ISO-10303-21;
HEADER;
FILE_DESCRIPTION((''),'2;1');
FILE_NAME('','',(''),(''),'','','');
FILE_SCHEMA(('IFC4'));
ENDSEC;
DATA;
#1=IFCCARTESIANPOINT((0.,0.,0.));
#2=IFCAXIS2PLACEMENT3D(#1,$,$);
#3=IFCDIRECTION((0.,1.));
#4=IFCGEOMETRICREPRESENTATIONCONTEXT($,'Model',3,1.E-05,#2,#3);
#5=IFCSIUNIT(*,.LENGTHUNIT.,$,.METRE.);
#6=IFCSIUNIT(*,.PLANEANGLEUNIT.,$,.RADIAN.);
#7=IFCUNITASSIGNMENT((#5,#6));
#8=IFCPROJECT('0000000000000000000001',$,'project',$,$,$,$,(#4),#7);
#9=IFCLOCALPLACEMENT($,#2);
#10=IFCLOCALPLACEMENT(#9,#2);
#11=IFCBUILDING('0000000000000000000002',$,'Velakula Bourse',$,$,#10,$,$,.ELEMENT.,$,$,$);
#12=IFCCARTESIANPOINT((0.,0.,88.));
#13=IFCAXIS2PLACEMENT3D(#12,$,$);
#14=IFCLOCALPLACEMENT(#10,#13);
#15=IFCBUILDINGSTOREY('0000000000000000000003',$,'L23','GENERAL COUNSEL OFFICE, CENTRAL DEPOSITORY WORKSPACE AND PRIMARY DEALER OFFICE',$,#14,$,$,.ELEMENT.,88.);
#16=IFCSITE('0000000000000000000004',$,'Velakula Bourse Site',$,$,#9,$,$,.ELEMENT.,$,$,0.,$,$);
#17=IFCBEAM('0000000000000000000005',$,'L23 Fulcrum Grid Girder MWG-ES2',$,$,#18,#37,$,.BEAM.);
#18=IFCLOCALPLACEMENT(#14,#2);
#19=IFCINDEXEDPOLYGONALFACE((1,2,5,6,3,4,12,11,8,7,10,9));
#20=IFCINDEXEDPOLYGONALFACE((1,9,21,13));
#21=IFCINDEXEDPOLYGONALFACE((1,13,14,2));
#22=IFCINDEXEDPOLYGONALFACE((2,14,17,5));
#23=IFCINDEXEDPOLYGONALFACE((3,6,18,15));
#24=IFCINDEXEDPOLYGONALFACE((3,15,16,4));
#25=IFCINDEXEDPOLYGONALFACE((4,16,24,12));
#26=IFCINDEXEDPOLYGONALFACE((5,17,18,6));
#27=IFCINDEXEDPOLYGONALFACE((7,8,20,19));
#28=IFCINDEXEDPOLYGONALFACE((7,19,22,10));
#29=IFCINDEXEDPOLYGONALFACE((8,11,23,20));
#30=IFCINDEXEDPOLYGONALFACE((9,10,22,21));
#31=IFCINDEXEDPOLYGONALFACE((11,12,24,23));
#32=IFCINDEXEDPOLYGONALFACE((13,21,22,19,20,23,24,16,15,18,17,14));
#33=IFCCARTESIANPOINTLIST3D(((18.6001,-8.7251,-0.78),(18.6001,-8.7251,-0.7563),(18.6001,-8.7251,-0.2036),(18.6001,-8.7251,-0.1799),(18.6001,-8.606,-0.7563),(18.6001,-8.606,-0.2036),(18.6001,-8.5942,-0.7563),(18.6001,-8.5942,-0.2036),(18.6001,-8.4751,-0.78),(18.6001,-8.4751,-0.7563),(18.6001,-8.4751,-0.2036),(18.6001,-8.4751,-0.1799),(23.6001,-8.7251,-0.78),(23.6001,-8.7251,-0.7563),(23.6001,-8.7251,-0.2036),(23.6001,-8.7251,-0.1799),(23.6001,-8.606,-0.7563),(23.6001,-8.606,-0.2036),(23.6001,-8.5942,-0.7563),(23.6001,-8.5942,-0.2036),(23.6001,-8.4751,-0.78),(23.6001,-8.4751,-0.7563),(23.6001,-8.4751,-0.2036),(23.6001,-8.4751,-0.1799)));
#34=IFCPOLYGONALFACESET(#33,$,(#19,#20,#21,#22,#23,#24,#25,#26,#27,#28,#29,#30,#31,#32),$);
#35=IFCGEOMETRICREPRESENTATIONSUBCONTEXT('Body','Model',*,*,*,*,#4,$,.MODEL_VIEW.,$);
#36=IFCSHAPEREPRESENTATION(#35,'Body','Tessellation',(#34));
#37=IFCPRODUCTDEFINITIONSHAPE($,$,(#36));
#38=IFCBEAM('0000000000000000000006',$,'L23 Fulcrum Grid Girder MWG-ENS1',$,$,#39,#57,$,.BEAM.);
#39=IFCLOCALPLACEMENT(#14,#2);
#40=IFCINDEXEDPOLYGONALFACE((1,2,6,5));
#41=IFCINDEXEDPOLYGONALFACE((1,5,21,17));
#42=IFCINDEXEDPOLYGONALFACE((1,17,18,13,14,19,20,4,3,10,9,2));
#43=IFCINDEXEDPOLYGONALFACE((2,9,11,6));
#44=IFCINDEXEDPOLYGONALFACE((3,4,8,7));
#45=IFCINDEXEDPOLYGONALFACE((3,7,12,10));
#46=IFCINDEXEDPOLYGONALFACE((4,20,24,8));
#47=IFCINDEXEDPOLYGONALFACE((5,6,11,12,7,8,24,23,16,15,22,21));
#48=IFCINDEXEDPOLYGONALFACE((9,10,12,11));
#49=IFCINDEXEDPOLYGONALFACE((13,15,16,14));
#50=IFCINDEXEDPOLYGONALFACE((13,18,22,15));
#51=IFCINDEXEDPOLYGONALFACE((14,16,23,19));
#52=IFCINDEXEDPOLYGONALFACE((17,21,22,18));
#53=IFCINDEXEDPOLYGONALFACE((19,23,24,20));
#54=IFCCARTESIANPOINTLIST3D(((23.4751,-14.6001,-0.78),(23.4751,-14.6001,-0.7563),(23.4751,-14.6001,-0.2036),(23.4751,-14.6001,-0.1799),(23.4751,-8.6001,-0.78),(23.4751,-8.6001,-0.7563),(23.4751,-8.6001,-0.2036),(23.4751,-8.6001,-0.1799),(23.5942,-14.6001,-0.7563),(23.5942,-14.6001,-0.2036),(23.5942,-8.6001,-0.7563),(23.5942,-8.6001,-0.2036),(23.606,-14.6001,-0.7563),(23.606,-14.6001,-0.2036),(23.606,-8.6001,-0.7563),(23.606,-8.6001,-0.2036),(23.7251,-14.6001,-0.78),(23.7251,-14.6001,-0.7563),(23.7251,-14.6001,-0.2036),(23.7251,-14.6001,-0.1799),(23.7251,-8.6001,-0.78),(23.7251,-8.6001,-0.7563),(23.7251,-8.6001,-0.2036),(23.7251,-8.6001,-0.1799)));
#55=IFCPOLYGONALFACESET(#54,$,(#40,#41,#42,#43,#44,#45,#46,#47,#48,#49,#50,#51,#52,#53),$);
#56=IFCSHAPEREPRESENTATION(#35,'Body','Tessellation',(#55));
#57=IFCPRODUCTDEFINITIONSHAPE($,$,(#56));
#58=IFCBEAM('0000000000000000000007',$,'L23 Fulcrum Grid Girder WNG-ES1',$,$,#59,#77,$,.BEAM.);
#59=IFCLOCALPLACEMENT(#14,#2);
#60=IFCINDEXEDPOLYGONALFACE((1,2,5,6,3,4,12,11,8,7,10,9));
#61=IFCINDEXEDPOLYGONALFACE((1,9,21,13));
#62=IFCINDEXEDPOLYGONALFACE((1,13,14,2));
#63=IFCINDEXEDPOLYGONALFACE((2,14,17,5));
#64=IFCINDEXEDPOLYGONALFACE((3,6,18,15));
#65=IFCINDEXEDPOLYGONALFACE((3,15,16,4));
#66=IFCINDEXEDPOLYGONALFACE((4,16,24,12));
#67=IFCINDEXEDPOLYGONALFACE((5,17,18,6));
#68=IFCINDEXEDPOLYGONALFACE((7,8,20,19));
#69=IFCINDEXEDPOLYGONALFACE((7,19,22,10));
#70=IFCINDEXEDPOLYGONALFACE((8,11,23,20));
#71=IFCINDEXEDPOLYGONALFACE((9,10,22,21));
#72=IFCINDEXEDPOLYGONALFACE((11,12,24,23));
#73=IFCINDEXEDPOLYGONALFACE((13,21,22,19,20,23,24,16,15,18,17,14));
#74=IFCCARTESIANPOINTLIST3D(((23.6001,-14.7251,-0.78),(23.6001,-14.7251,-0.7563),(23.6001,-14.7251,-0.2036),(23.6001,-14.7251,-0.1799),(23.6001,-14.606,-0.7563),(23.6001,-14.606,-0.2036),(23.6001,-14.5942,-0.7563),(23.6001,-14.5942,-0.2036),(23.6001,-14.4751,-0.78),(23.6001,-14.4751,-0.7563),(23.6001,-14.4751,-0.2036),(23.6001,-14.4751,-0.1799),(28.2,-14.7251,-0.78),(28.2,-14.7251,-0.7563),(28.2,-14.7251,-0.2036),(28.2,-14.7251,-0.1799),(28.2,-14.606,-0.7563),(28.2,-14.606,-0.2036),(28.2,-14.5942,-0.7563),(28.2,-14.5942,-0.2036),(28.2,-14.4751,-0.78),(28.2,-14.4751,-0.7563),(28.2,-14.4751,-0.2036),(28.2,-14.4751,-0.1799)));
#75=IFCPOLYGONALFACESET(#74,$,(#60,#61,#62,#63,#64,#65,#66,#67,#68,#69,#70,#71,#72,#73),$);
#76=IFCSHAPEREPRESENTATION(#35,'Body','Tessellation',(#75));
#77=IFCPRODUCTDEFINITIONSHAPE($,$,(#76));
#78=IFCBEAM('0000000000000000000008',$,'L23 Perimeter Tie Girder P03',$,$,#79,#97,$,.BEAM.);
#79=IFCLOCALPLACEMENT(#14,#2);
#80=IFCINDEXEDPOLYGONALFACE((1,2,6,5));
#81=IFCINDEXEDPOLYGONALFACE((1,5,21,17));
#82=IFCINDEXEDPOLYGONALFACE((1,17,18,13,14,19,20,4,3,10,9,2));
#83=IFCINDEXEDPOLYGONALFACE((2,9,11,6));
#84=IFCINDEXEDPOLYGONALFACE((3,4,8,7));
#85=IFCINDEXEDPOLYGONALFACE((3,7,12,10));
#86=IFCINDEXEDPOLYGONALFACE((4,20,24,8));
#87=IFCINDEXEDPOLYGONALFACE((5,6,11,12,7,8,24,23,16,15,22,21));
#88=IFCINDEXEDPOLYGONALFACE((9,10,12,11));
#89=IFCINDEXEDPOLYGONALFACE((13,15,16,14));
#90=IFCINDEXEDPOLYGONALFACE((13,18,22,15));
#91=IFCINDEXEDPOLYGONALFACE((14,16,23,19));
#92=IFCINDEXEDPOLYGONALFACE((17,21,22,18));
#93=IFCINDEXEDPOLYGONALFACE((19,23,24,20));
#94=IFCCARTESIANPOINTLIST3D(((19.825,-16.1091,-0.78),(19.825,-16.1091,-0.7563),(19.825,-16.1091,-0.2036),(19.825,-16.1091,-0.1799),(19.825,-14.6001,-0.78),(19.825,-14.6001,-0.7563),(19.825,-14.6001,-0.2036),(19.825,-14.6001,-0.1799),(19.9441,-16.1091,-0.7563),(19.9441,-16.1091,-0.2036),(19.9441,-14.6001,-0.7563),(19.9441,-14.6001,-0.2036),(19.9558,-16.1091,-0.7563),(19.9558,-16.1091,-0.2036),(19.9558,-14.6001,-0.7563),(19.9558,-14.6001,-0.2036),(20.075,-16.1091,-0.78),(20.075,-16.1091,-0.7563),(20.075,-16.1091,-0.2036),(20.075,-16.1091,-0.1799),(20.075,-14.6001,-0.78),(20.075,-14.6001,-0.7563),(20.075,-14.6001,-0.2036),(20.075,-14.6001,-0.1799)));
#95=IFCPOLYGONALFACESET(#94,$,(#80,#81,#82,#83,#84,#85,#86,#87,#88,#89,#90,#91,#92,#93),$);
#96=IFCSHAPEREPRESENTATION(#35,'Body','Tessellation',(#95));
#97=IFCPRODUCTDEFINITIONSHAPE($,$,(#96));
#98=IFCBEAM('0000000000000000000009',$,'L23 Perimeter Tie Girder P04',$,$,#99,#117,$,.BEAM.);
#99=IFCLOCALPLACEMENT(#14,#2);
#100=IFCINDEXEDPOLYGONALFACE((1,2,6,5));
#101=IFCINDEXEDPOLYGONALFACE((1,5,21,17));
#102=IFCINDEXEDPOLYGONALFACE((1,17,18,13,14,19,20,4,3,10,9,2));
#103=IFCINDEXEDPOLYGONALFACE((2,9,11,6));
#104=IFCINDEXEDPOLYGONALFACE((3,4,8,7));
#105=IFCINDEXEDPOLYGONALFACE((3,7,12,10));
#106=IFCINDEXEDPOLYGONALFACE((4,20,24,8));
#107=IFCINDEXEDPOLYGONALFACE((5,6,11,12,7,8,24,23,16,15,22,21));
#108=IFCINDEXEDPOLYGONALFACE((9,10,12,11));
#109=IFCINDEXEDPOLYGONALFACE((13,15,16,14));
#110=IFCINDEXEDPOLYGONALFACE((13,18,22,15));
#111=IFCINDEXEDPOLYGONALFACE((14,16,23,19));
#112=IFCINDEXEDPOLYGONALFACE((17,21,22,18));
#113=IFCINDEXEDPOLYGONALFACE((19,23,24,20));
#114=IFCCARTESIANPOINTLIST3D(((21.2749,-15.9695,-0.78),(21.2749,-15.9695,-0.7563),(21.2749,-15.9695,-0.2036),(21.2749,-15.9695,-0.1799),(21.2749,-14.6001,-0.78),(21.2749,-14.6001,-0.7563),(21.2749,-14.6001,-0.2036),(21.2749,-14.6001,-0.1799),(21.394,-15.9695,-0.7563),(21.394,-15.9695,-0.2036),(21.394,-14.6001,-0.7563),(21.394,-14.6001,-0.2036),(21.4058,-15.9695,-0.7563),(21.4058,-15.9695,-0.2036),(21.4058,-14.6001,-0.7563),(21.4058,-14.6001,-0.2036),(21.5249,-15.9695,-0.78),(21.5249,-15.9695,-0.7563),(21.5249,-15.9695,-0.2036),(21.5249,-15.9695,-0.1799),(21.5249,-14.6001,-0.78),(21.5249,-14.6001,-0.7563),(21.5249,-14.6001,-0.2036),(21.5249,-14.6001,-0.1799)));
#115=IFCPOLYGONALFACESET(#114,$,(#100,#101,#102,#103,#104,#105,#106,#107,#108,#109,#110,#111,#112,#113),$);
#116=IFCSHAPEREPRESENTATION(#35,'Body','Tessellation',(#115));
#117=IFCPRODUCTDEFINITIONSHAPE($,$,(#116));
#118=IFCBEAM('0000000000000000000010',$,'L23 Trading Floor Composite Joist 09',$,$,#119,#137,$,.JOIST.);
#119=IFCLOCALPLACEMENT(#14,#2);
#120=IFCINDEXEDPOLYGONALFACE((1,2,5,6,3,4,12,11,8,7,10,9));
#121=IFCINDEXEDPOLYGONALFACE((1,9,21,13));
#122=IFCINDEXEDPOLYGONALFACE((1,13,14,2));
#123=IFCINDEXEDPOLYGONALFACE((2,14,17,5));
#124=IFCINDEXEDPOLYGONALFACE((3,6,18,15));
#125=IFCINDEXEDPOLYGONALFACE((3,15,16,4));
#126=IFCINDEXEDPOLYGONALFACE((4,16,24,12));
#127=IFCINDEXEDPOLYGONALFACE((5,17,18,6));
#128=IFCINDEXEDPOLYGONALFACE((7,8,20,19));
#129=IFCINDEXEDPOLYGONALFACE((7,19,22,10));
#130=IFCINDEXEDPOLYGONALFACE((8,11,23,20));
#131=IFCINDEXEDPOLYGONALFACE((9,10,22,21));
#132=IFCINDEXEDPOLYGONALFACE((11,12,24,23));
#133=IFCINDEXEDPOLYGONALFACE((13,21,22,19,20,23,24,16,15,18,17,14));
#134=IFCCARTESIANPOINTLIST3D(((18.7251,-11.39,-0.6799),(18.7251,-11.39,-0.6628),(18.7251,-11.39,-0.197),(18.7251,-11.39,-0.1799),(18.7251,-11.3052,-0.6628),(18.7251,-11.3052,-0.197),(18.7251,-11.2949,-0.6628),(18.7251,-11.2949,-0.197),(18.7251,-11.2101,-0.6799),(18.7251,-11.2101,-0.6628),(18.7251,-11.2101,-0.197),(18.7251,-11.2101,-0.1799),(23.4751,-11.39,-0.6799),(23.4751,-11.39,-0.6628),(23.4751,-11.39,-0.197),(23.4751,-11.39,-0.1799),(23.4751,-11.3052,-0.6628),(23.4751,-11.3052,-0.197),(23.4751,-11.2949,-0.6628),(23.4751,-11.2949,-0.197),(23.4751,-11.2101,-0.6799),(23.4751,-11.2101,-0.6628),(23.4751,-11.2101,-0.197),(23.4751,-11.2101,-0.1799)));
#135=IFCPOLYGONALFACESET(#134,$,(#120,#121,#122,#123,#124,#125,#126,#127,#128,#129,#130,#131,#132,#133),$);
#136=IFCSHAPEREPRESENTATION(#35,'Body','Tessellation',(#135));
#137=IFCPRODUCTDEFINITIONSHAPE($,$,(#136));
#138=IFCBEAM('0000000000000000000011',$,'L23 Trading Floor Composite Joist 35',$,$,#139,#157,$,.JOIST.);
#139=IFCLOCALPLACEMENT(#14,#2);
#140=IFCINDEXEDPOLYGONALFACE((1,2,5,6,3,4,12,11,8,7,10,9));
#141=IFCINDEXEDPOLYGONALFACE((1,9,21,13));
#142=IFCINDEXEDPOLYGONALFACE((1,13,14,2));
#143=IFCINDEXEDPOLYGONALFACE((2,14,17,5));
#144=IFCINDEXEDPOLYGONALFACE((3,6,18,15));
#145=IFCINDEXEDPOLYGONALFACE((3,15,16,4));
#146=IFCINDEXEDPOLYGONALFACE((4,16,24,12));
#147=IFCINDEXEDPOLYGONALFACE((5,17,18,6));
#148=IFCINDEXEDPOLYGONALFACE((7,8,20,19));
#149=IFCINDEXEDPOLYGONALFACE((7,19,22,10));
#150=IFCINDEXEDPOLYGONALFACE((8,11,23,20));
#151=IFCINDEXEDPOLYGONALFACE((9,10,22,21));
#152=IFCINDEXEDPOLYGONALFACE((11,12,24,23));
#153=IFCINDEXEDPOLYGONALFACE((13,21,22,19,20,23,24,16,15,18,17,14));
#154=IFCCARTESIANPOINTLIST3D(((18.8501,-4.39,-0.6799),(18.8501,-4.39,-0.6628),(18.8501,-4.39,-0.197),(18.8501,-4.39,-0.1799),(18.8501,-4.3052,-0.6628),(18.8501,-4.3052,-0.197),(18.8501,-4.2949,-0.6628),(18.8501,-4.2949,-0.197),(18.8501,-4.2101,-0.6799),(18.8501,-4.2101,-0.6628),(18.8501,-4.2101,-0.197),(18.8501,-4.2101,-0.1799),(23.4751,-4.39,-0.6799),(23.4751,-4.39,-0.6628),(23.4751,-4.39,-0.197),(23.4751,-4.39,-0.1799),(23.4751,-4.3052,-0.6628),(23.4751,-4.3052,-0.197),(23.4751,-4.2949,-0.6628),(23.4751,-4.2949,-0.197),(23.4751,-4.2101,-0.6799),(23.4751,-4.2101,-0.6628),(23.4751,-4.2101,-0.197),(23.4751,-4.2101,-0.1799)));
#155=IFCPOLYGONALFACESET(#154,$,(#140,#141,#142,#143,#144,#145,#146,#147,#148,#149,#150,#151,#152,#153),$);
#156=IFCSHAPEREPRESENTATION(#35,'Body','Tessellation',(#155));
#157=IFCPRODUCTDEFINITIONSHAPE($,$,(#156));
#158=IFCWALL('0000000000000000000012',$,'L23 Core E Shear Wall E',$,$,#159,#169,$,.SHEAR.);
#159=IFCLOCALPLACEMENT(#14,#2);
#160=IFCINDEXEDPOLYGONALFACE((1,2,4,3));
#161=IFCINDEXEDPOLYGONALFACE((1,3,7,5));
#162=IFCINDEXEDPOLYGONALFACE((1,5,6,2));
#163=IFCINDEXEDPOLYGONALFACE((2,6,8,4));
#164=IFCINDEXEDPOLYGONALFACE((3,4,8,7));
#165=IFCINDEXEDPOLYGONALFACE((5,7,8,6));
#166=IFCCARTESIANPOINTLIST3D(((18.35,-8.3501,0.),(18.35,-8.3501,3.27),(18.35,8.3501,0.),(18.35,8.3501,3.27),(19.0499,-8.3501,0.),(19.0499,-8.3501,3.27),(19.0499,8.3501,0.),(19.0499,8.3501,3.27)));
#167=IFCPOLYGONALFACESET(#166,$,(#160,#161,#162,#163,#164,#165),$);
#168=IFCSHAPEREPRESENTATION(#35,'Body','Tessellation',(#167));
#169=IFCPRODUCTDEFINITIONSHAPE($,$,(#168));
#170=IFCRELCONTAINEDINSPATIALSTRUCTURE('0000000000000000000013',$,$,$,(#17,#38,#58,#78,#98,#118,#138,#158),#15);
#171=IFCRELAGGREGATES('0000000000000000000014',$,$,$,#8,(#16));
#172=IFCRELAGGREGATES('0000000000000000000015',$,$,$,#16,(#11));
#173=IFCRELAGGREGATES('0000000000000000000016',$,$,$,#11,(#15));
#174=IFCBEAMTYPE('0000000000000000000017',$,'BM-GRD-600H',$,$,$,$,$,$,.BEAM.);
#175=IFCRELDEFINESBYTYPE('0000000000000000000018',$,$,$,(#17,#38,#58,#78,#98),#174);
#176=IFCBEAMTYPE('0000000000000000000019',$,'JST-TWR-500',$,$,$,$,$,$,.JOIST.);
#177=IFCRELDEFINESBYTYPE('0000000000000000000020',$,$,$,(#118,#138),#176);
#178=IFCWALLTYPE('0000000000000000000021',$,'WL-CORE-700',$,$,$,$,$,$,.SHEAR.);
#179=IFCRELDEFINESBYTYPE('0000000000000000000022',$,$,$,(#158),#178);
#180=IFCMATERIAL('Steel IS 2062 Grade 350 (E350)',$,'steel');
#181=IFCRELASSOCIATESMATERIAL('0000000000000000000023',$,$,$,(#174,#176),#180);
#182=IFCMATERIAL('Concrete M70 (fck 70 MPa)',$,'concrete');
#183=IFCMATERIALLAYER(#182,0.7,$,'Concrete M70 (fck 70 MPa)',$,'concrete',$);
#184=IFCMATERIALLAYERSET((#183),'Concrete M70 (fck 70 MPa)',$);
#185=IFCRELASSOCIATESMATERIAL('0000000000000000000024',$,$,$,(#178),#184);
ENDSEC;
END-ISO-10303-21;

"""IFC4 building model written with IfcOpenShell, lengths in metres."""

from ifc_helpers import new_model, si_unit, direction, frame, frame_2d, origin, origin_2d, place, context, subcontext, project, spatial, rectangle, i_section, extrude, material, layer, layer_set, material_profile, profile_set, type_object, element, save


model = new_model("IFC4")

# Units and contexts
model_context = context("Model", 3, precision=1e-05, world=origin(), true_north=direction((0.0, 1.0)))
body_context = subcontext(model_context, "Body", "Model", "MODEL_VIEW")
ifc_project = project(units=[si_unit("LENGTHUNIT", "METRE"), si_unit("PLANEANGLEUNIT", "RADIAN")], contexts=[model_context])

# Site, building, storey
site_placement = place(None, origin())
site = spatial("IfcSite", under=ifc_project, at=site_placement, Name="Velakula Bourse Site", CompositionType="ELEMENT", RefElevation=0.0)
building_placement = place(site_placement, origin())
building = spatial("IfcBuilding", under=site, at=building_placement, Name="Velakula Bourse", CompositionType="ELEMENT")
storey_placement = place(building_placement, frame((0.0, 0.0, 88.0)))
storey = spatial("IfcBuildingStorey", under=building, at=storey_placement, Name="L23", Description="GENERAL COUNSEL OFFICE, CENTRAL DEPOSITORY WORKSPACE AND PRIMARY DEALER OFFICE", CompositionType="ELEMENT", Elevation=88.0)

# Shared definitions
ifc_material_1 = material(Name="Concrete M70 (fck 70 MPa)", Category="concrete")

# Beams
ifc_material_2 = material(Name="Steel IS 2062 Grade 350 (E350)", Category="steel")
ifc_material_profile_1 = material_profile(ifc_material_2, i_section(OverallWidth=0.25, OverallDepth=0.6001, WebThickness=0.0117, FlangeThickness=0.0237, at=origin_2d()), Name="Steel IS 2062 Grade 350 (E350)")
ifc_profile_set_1 = profile_set([ifc_material_profile_1], Name="Steel IS 2062 Grade 350 (E350)")
beam_type_1 = type_object("IfcBeamType", Name="BM-GRD-600H", PredefinedType="BEAM", material=ifc_profile_set_1)
beam_1_placement = place(storey_placement, frame((18.6001, -8.6001, -0.48), z_axis=(1.0, 0.0, 0.0), x_axis=(0.0, 1.0, 0.0)))
element("IfcBeam", 1, at=beam_1_placement, inside=storey, type_object=beam_type_1, Name="L23 Fulcrum Grid Girder MWG-ES2", PredefinedType="BEAM", context=body_context, shape_type="SweptSolid", body=[
    extrude(i_section(OverallWidth=0.25, OverallDepth=0.6001, WebThickness=0.0117, FlangeThickness=0.0237, at=origin_2d()), origin(), (0.0, 0.0, 1.0), 5.0),
])
beam_2_placement = place(storey_placement, frame((23.6001, -14.6001, -0.48), z_axis=(0.0, 1.0, 0.0), x_axis=(-1.0, 0.0, 0.0)))
element("IfcBeam", 2, at=beam_2_placement, inside=storey, type_object=beam_type_1, Name="L23 Fulcrum Grid Girder MWG-ENS1", PredefinedType="BEAM", context=body_context, shape_type="SweptSolid", body=[
    extrude(i_section(OverallWidth=0.25, OverallDepth=0.6001, WebThickness=0.0117, FlangeThickness=0.0237, at=origin_2d()), origin(), (0.0, 0.0, 1.0), 6.0),
])
beam_3_placement = place(storey_placement, frame((23.6001, -14.6001, -0.48), z_axis=(1.0, 0.0, 0.0), x_axis=(0.0, 1.0, 0.0)))
element("IfcBeam", 3, at=beam_3_placement, inside=storey, type_object=beam_type_1, Name="L23 Fulcrum Grid Girder WNG-ES1", PredefinedType="BEAM", context=body_context, shape_type="SweptSolid", body=[
    extrude(i_section(OverallWidth=0.25, OverallDepth=0.6001, WebThickness=0.0117, FlangeThickness=0.0237, at=origin_2d()), origin(), (0.0, 0.0, 1.0), 4.5999),
])
beam_4_placement = place(storey_placement, frame((19.95, -14.6001, -0.48), z_axis=(0.0, -1.0, 0.0), x_axis=(1.0, 0.0, 0.0)))
element("IfcBeam", 4, at=beam_4_placement, inside=storey, type_object=beam_type_1, Name="L23 Perimeter Tie Girder P03", PredefinedType="BEAM", context=body_context, shape_type="SweptSolid", body=[
    extrude(i_section(OverallWidth=0.25, OverallDepth=0.6001, WebThickness=0.0117, FlangeThickness=0.0237, at=origin_2d()), origin(), (0.0, 0.0, 1.0), 1.509),
])
beam_5_placement = place(storey_placement, frame((21.3999, -14.6001, -0.48), z_axis=(0.0, -1.0, 0.0), x_axis=(1.0, 0.0, 0.0)))
element("IfcBeam", 5, at=beam_5_placement, inside=storey, type_object=beam_type_1, Name="L23 Perimeter Tie Girder P04", PredefinedType="BEAM", context=body_context, shape_type="SweptSolid", body=[
    extrude(i_section(OverallWidth=0.25, OverallDepth=0.6001, WebThickness=0.0117, FlangeThickness=0.0237, at=origin_2d()), origin(), (0.0, 0.0, 1.0), 1.3694),
])
ifc_material_profile_2 = material_profile(ifc_material_2, i_section(OverallWidth=0.1799, OverallDepth=0.5, WebThickness=0.0103, FlangeThickness=0.0171, at=origin_2d()), Name="Steel IS 2062 Grade 350 (E350)")
ifc_profile_set_2 = profile_set([ifc_material_profile_2], Name="Steel IS 2062 Grade 350 (E350)")
beam_type_2 = type_object("IfcBeamType", Name="JST-TWR-500", PredefinedType="JOIST", material=ifc_profile_set_2)
beam_6_placement = place(storey_placement, frame((18.7251, -11.3, -0.4299), z_axis=(1.0, 0.0, 0.0), x_axis=(0.0, 1.0, 0.0)))
element("IfcBeam", 6, at=beam_6_placement, inside=storey, type_object=beam_type_2, Name="L23 Trading Floor Composite Joist 09", PredefinedType="JOIST", context=body_context, shape_type="SweptSolid", body=[
    extrude(i_section(OverallWidth=0.1799, OverallDepth=0.5, WebThickness=0.0103, FlangeThickness=0.0171, at=origin_2d()), origin(), (0.0, 0.0, 1.0), 4.75),
])
beam_7_placement = place(storey_placement, frame((18.8501, -4.3, -0.4299), z_axis=(1.0, 0.0, 0.0), x_axis=(0.0, 1.0, 0.0)))
element("IfcBeam", 7, at=beam_7_placement, inside=storey, type_object=beam_type_2, Name="L23 Trading Floor Composite Joist 35", PredefinedType="JOIST", context=body_context, shape_type="SweptSolid", body=[
    extrude(i_section(OverallWidth=0.1799, OverallDepth=0.5, WebThickness=0.0103, FlangeThickness=0.0171, at=origin_2d()), origin(), (0.0, 0.0, 1.0), 4.625),
])

# Wall
ifc_layer_1 = layer(ifc_material_1, 0.7, Name="Concrete M70 (fck 70 MPa)", Category="concrete")
ifc_layer_set_1 = layer_set([ifc_layer_1], Name="Concrete M70 (fck 70 MPa)")
wall_type_1 = type_object("IfcWallType", Name="WL-CORE-700", PredefinedType="SHEAR", material=ifc_layer_set_1)
wall_1_placement = place(storey_placement, frame((18.7, -8.3501, 0.0), z_axis=(0.0, 0.0, 1.0), x_axis=(0.0, 1.0, 0.0)))
element("IfcWall", 8, at=wall_1_placement, inside=storey, type_object=wall_type_1, Name="L23 Core E Shear Wall E", PredefinedType="SHEAR", context=body_context, shape_type="SweptSolid", body=[
    extrude(rectangle(XDim=16.7002, YDim=0.7, at=frame_2d((8.3501, 0.0))), origin(), (0.0, 0.0, 1.0), 3.27),
])

save(model, "model.ifc")
